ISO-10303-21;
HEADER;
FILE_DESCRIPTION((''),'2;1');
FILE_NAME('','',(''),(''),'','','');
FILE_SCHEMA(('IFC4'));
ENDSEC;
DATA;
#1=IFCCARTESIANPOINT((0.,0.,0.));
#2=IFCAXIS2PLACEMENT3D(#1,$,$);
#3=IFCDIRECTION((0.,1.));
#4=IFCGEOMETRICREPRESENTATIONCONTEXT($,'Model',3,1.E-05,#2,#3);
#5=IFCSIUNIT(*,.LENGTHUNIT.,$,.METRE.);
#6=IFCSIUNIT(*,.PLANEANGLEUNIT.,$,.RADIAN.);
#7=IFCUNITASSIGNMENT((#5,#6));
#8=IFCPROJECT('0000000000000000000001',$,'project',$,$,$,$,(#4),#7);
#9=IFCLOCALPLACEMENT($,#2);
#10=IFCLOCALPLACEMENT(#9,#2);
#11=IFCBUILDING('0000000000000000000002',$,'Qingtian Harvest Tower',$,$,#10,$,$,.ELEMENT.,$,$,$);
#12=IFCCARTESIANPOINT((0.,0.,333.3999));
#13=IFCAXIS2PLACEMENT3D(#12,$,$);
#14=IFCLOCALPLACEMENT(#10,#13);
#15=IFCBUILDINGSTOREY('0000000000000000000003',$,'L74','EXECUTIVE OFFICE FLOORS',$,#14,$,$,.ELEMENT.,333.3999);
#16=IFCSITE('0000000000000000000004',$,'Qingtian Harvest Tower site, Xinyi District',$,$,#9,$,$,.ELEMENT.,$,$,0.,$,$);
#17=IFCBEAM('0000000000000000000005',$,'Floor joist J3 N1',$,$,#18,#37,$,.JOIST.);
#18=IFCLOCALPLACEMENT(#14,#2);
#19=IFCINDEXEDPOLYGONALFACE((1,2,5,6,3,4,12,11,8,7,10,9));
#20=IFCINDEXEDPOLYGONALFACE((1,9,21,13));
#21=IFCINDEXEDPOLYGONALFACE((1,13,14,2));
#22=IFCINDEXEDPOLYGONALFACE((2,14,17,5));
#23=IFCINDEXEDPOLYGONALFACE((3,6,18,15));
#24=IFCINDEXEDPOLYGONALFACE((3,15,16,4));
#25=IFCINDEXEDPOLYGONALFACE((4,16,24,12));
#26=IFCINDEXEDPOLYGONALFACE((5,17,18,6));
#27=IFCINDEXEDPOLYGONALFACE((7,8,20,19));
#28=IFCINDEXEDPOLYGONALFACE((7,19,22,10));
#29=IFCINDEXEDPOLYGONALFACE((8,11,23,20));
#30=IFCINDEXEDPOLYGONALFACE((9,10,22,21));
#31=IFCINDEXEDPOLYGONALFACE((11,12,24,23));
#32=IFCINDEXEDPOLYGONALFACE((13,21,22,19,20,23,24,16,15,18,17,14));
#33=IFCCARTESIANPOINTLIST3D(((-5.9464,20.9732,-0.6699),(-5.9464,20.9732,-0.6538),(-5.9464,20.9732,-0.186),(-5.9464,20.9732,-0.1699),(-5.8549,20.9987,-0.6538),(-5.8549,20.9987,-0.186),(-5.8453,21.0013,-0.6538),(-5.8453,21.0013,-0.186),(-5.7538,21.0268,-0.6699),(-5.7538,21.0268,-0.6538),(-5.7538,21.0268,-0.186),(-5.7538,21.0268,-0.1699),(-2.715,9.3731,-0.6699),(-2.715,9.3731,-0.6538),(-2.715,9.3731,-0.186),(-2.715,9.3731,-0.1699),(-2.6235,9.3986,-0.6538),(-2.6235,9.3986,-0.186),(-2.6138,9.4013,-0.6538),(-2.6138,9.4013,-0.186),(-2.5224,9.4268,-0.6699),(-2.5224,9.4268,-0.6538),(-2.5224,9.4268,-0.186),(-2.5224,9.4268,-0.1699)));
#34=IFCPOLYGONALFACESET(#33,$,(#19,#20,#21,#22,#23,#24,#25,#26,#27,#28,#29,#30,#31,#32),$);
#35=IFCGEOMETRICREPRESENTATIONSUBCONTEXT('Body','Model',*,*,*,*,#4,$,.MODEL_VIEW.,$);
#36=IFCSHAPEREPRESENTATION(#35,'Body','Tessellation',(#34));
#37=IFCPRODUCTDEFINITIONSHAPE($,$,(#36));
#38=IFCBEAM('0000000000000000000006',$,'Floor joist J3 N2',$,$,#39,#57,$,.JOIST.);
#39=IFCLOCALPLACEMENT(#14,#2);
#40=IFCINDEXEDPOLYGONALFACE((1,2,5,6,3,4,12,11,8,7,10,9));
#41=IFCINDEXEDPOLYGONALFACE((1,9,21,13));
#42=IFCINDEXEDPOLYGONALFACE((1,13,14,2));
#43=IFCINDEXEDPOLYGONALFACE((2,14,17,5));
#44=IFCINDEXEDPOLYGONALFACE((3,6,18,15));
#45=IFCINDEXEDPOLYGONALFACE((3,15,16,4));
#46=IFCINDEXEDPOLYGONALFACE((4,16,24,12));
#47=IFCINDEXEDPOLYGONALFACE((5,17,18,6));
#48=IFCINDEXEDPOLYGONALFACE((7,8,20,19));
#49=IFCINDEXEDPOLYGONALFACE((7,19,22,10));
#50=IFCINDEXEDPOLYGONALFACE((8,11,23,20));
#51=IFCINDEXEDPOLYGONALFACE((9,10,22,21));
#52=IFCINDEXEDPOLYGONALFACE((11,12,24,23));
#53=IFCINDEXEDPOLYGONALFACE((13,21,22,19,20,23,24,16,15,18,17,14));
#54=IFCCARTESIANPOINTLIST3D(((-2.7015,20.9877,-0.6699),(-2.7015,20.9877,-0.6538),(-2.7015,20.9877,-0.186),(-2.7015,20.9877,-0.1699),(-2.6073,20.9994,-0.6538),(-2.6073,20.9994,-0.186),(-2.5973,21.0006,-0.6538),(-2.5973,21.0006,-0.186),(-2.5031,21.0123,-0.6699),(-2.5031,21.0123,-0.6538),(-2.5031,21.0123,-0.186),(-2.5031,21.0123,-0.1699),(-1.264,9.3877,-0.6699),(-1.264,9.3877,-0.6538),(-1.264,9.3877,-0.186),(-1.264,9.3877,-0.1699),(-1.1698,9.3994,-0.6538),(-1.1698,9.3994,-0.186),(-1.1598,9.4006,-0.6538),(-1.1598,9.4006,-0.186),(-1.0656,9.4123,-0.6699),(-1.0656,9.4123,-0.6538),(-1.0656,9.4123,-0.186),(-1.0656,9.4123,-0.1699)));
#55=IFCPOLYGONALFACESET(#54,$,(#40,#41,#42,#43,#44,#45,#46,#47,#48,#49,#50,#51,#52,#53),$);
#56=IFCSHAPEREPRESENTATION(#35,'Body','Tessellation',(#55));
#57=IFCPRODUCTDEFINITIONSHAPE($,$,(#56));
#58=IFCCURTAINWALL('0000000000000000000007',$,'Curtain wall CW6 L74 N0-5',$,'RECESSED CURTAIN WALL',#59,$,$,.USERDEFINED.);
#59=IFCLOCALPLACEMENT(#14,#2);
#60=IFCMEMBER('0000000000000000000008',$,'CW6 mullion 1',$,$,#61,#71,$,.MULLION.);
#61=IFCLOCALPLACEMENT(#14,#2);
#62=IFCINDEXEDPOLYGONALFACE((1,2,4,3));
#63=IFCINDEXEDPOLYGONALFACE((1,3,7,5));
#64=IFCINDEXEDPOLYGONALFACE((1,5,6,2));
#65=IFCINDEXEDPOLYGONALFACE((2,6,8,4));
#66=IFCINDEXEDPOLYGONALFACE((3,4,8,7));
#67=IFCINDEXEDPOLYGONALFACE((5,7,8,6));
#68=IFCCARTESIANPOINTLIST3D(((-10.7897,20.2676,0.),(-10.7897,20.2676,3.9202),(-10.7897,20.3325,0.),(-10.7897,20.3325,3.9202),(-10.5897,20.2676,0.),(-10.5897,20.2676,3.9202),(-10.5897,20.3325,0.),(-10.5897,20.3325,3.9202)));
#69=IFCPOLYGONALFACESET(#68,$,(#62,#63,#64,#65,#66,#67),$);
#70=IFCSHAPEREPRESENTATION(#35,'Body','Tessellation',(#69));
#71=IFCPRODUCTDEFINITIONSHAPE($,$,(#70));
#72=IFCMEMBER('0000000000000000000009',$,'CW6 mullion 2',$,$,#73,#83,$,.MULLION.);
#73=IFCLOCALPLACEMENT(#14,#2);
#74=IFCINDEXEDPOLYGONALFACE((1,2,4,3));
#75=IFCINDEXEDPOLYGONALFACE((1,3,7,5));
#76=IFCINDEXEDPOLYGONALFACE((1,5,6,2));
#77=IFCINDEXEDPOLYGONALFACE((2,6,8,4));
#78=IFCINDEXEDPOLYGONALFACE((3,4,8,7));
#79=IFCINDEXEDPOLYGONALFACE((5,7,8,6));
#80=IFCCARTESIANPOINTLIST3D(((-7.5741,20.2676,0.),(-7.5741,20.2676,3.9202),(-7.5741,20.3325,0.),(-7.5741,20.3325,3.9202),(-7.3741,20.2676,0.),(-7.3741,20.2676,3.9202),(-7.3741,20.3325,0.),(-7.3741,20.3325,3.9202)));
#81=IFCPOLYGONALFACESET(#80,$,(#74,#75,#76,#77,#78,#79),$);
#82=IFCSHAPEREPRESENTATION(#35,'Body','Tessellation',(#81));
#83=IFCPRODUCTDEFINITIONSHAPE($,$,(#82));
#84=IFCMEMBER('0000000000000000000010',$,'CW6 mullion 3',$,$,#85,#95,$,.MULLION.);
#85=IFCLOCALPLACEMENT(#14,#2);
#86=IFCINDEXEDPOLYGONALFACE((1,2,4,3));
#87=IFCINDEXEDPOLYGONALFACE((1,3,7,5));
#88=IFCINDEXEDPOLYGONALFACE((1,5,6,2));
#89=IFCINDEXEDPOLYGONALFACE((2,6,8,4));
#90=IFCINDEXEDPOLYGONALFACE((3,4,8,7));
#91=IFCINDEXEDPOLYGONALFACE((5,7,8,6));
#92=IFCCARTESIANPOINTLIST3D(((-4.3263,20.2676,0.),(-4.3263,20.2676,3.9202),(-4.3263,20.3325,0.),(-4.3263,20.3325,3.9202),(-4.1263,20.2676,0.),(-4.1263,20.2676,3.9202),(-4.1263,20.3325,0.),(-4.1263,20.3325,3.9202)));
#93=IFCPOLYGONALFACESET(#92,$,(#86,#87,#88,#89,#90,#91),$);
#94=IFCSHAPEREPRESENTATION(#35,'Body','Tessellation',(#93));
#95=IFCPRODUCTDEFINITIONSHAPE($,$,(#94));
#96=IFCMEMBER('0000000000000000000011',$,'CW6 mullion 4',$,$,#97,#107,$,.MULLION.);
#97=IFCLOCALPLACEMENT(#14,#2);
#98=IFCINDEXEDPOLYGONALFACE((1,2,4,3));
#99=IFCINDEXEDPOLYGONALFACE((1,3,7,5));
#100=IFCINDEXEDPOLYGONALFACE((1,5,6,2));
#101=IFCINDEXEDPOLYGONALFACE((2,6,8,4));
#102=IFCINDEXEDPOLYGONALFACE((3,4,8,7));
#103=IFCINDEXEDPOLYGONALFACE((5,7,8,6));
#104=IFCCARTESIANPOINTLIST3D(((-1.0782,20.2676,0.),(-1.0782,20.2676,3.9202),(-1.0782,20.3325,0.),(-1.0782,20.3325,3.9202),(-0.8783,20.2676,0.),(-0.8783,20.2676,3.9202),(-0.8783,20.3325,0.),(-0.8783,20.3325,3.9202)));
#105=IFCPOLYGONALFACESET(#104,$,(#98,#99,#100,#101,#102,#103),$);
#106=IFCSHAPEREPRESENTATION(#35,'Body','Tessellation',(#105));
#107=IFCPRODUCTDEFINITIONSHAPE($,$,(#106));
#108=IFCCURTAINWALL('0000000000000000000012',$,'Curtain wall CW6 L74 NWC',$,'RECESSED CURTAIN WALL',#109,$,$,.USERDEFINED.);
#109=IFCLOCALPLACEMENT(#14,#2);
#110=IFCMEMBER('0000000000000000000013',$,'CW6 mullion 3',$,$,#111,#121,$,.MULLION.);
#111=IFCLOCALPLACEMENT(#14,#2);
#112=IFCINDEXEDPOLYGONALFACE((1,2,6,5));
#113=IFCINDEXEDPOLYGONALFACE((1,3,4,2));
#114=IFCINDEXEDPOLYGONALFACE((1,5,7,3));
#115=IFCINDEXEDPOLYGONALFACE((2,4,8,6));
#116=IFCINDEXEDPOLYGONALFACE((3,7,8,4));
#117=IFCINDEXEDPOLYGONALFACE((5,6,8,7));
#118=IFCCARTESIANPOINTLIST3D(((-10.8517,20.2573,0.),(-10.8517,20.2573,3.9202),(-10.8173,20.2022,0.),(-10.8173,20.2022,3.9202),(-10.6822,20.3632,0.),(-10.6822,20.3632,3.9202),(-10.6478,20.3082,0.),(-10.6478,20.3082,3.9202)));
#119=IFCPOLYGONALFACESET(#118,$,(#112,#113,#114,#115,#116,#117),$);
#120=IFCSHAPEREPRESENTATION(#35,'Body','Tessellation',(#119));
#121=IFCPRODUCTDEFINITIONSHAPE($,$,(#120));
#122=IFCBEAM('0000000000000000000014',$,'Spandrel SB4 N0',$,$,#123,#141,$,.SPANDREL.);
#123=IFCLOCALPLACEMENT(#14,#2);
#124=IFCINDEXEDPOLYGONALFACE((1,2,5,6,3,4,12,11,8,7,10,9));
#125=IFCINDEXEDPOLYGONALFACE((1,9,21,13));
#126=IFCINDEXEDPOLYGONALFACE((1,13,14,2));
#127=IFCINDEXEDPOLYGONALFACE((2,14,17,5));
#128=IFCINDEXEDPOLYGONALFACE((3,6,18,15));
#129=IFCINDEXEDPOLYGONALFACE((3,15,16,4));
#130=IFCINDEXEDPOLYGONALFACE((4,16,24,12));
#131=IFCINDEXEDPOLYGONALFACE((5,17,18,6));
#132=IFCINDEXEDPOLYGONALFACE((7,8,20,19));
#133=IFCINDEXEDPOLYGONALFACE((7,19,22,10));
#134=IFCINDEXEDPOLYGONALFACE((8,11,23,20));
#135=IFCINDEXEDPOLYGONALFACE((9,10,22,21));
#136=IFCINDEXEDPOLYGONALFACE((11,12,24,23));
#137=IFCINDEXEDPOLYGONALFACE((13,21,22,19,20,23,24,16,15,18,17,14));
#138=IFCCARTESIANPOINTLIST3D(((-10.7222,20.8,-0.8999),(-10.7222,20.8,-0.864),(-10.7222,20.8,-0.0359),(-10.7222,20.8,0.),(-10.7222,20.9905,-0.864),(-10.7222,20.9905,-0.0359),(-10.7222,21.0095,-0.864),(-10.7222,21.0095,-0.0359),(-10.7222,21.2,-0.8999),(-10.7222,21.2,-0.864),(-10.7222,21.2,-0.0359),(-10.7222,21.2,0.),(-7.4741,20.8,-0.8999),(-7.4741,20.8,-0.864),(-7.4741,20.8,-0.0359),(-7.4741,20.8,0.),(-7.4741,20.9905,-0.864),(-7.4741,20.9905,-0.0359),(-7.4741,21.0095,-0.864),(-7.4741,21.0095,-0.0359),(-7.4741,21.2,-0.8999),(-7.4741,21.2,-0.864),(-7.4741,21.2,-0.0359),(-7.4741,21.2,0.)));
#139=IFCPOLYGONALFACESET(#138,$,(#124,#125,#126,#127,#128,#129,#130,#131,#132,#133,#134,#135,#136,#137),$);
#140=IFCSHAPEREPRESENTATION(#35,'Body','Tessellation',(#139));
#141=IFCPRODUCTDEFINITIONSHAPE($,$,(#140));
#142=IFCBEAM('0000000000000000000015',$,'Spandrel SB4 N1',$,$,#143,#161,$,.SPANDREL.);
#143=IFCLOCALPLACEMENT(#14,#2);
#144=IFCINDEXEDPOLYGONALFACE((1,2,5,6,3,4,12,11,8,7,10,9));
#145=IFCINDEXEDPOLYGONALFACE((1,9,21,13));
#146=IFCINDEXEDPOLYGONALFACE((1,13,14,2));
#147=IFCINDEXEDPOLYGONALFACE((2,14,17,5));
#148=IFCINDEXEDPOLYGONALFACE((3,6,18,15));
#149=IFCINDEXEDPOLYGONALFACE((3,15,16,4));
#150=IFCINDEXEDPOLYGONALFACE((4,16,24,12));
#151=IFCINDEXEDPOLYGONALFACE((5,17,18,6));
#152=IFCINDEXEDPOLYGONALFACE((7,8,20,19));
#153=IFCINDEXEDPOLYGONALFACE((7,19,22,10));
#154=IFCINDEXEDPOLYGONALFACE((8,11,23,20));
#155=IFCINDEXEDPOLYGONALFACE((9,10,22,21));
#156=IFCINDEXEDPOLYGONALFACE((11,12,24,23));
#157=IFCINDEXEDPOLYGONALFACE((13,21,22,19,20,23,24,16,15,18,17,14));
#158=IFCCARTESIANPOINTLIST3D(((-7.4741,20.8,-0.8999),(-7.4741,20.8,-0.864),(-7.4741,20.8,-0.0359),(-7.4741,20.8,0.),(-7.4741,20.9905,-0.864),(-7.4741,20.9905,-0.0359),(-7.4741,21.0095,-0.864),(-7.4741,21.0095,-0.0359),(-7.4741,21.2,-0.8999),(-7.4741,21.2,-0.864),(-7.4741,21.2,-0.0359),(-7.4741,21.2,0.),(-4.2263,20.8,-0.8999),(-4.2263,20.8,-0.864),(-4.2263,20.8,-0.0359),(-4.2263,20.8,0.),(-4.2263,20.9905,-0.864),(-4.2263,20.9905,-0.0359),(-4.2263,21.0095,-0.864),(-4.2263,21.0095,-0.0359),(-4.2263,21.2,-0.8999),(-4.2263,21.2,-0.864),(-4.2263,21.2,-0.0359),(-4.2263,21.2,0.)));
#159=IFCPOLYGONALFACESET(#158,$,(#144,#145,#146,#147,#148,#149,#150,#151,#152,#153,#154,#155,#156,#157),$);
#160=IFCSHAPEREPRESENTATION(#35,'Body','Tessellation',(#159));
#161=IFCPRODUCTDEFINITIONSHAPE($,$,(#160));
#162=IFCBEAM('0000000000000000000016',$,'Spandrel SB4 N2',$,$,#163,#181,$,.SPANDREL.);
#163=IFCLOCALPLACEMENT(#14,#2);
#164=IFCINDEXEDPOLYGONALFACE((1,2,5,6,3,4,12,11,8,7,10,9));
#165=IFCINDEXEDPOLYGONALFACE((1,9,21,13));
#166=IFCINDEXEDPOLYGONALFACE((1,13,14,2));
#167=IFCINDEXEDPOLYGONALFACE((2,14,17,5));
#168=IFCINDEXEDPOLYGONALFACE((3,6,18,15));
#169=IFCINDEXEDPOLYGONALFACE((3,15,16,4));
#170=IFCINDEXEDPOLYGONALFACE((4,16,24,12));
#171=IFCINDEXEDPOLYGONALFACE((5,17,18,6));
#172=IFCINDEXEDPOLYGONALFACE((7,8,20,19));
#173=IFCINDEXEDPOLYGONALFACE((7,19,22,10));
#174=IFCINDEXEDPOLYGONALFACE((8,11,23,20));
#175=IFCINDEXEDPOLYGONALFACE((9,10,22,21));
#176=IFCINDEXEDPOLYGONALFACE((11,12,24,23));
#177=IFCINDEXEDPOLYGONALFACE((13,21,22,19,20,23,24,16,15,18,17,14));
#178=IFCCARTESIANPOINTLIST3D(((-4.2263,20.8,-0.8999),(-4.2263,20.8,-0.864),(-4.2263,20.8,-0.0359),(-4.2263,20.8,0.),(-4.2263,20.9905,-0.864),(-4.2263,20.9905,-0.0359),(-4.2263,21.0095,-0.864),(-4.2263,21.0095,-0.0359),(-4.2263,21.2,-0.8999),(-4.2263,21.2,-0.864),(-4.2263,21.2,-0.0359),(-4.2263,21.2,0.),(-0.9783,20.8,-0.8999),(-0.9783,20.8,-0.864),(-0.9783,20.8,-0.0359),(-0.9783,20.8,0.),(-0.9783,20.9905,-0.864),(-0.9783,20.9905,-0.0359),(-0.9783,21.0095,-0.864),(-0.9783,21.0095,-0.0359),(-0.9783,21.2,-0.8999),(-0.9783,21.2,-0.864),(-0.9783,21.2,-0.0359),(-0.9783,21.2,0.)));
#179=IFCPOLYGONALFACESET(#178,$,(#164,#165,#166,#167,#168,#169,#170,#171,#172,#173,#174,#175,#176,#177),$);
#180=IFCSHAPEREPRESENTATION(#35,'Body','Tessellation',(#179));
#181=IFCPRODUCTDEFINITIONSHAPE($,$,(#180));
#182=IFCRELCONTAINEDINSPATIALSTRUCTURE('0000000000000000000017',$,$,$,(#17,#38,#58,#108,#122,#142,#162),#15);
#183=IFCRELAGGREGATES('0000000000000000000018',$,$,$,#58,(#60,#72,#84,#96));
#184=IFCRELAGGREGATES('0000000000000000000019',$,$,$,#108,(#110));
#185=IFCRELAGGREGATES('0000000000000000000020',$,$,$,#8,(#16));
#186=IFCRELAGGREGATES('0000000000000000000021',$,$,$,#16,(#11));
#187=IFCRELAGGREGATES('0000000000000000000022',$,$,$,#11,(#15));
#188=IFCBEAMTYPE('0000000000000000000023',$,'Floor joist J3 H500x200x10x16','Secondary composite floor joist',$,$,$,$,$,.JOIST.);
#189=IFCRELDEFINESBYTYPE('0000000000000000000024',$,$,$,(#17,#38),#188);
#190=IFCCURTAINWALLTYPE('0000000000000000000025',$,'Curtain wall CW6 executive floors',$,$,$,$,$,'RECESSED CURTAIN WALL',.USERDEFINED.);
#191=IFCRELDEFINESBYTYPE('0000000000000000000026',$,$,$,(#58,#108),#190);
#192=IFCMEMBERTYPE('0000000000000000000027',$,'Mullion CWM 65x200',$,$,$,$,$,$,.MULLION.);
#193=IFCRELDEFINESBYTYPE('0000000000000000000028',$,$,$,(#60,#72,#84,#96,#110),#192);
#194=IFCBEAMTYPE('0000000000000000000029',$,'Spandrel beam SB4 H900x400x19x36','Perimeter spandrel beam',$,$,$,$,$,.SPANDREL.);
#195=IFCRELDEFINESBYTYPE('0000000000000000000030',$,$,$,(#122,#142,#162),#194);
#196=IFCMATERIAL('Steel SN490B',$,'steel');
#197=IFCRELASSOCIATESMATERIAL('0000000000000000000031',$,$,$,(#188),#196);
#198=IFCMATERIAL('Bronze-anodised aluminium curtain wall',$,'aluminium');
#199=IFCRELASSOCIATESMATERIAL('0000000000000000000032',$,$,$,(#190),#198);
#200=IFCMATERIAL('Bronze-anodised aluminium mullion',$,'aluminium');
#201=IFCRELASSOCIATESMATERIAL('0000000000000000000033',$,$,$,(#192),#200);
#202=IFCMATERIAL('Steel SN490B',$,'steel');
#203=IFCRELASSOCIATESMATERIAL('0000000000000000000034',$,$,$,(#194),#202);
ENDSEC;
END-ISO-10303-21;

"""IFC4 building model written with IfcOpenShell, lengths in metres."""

from ifc_helpers import new_model, si_unit, direction, frame, origin, origin_2d, place, context, subcontext, project, spatial, rectangle, i_section, extrude, material, material_profile, profile_set, type_object, element, aggregate, save


model = new_model("IFC4")

# Units and contexts
model_context = context("Model", 3, precision=1e-05, world=origin(), true_north=direction((0.0, 1.0)))
body_context = subcontext(model_context, "Body", "Model", "MODEL_VIEW")
ifc_project = project(units=[si_unit("LENGTHUNIT", "METRE"), si_unit("PLANEANGLEUNIT", "RADIAN")], contexts=[model_context])

# Site, building, storey
site_placement = place(None, origin())
site = spatial("IfcSite", under=ifc_project, at=site_placement, Name="Qingtian Harvest Tower site, Xinyi District", CompositionType="ELEMENT", RefElevation=0.0)
building_placement = place(site_placement, origin())
building = spatial("IfcBuilding", under=site, at=building_placement, Name="Qingtian Harvest Tower", CompositionType="ELEMENT")
storey_placement = place(building_placement, frame((0.0, 0.0, 333.3999)))
storey = spatial("IfcBuildingStorey", under=building, at=storey_placement, Name="L74", Description="EXECUTIVE OFFICE FLOORS", CompositionType="ELEMENT", Elevation=333.3999)

# Beams
ifc_material_1 = material(Name="Steel SN490B", Category="steel")
ifc_material_profile_1 = material_profile(ifc_material_1, i_section(OverallWidth=0.2, OverallDepth=0.5, WebThickness=0.01, FlangeThickness=0.0161, at=origin_2d()), Name="H500x200x10x16")
ifc_profile_set_1 = profile_set([ifc_material_profile_1], Name="Steel SN490B")
beam_type_1 = type_object("IfcBeamType", Name="Floor joist J3 H500x200x10x16", Description="Secondary composite floor joist", PredefinedType="JOIST", material=ifc_profile_set_1)
beam_1_placement = place(storey_placement, frame((-5.8501, 21.0, -0.4199), z_axis=(0.268353, -0.963321, 0.0), x_axis=(0.963321, 0.268353, 0.0)))
element("IfcBeam", 1, at=beam_1_placement, inside=storey, type_object=beam_type_1, Name="Floor joist J3 N1", PredefinedType="JOIST", context=body_context, shape_type="SweptSolid", body=[
    extrude(i_section(OverallWidth=0.2, OverallDepth=0.5, WebThickness=0.01, FlangeThickness=0.0161, at=origin_2d()), origin(), (0.0, 0.0, 1.0), 12.0417),
])
beam_2_placement = place(storey_placement, frame((-2.6023, 21.0, -0.4199), z_axis=(0.122981, -0.992409, 0.0), x_axis=(0.992409, 0.122981, 0.0)))
element("IfcBeam", 2, at=beam_2_placement, inside=storey, type_object=beam_type_1, Name="Floor joist J3 N2", PredefinedType="JOIST", context=body_context, shape_type="SweptSolid", body=[
    extrude(i_section(OverallWidth=0.2, OverallDepth=0.5, WebThickness=0.01, FlangeThickness=0.0161, at=origin_2d()), origin(), (0.0, 0.0, 1.0), 11.6887),
])

# Curtain wall, members
ifc_material_2 = material(Name="Bronze-anodised aluminium curtain wall", Category="aluminium")
curtain_wall_type = type_object("IfcCurtainWallType", Name="Curtain wall CW6 executive floors", ElementType="RECESSED CURTAIN WALL", PredefinedType="USERDEFINED", material=ifc_material_2)
curtain_wall_1_placement = place(storey_placement, origin())
curtain_wall_1 = element("IfcCurtainWall", 3, at=curtain_wall_1_placement, inside=storey, type_object=curtain_wall_type, Name="Curtain wall CW6 L74 N0-5", ObjectType="RECESSED CURTAIN WALL", PredefinedType="USERDEFINED")
ifc_material_3 = material(Name="Bronze-anodised aluminium mullion", Category="aluminium")
ifc_material_profile_2 = material_profile(ifc_material_3, rectangle(XDim=0.0649, YDim=0.2, at=origin_2d()), Name="AL 65x200")
ifc_profile_set_2 = profile_set([ifc_material_profile_2], Name="Bronze-anodised aluminium mullion")
member_type_1 = type_object("IfcMemberType", Name="Mullion CWM 65x200", PredefinedType="MULLION", material=ifc_profile_set_2)
member_1_placement = place(storey_placement, frame((-10.6897, 20.3, 0.0), z_axis=(0.0, 0.0, 1.0), x_axis=(0.0, 1.0, 0.0)))
member_1 = element("IfcMember", 4, at=member_1_placement, type_object=member_type_1, Name="CW6 mullion 1", PredefinedType="MULLION", context=body_context, shape_type="SweptSolid", body=[
    extrude(rectangle(XDim=0.0649, YDim=0.2, at=origin_2d()), origin(), (0.0, 0.0, 1.0), 3.9202),
])
member_2_placement = place(storey_placement, frame((-7.4741, 20.3, 0.0), z_axis=(0.0, 0.0, 1.0), x_axis=(0.0, 1.0, 0.0)))
member_2 = element("IfcMember", 5, at=member_2_placement, type_object=member_type_1, Name="CW6 mullion 2", PredefinedType="MULLION", context=body_context, shape_type="SweptSolid", body=[
    extrude(rectangle(XDim=0.0649, YDim=0.2, at=origin_2d()), origin(), (0.0, 0.0, 1.0), 3.9202),
])
member_3_placement = place(storey_placement, frame((-4.2263, 20.3, 0.0), z_axis=(0.0, 0.0, 1.0), x_axis=(0.0, 1.0, 0.0)))
member_3 = element("IfcMember", 6, at=member_3_placement, type_object=member_type_1, Name="CW6 mullion 3", PredefinedType="MULLION", context=body_context, shape_type="SweptSolid", body=[
    extrude(rectangle(XDim=0.0649, YDim=0.2, at=origin_2d()), origin(), (0.0, 0.0, 1.0), 3.9202),
])
member_4_placement = place(storey_placement, frame((-0.9783, 20.3, 0.0), z_axis=(0.0, 0.0, 1.0), x_axis=(0.0, 1.0, 0.0)))
member_4 = element("IfcMember", 7, at=member_4_placement, type_object=member_type_1, Name="CW6 mullion 4", PredefinedType="MULLION", context=body_context, shape_type="SweptSolid", body=[
    extrude(rectangle(XDim=0.0649, YDim=0.2, at=origin_2d()), origin(), (0.0, 0.0, 1.0), 3.9202),
])

# Curtain wall, member
curtain_wall_2_placement = place(storey_placement, origin())
curtain_wall_2 = element("IfcCurtainWall", 8, at=curtain_wall_2_placement, inside=storey, type_object=curtain_wall_type, Name="Curtain wall CW6 L74 NWC", ObjectType="RECESSED CURTAIN WALL", PredefinedType="USERDEFINED")
member_5_placement = place(storey_placement, frame((-10.7498, 20.2827, 0.0), z_axis=(0.0, 0.0, 1.0), x_axis=(-0.529919, 0.848048, 0.0)))
member_5 = element("IfcMember", 9, at=member_5_placement, type_object=member_type_1, Name="CW6 mullion 3", PredefinedType="MULLION", context=body_context, shape_type="SweptSolid", body=[
    extrude(rectangle(XDim=0.0649, YDim=0.2, at=origin_2d()), origin(), (0.0, 0.0, 1.0), 3.9202),
])

# Beams
ifc_material_4 = material(Name="Steel SN490B", Category="steel")
ifc_material_profile_3 = material_profile(ifc_material_4, i_section(OverallWidth=0.3999, OverallDepth=0.8999, WebThickness=0.019, FlangeThickness=0.0359, at=origin_2d()), Name="H900x400x19x36")
ifc_profile_set_3 = profile_set([ifc_material_profile_3], Name="Steel SN490B")
beam_type_2 = type_object("IfcBeamType", Name="Spandrel beam SB4 H900x400x19x36", Description="Perimeter spandrel beam", PredefinedType="SPANDREL", material=ifc_profile_set_3)
beam_3_placement = place(storey_placement, frame((-10.7222, 21.0, -0.45), z_axis=(1.0, 0.0, 0.0), x_axis=(0.0, 1.0, 0.0)))
element("IfcBeam", 10, at=beam_3_placement, inside=storey, type_object=beam_type_2, Name="Spandrel SB4 N0", PredefinedType="SPANDREL", context=body_context, shape_type="SweptSolid", body=[
    extrude(i_section(OverallWidth=0.3999, OverallDepth=0.8999, WebThickness=0.019, FlangeThickness=0.0359, at=origin_2d()), origin(), (0.0, 0.0, 1.0), 3.248),
])
beam_4_placement = place(storey_placement, frame((-7.4741, 21.0, -0.45), z_axis=(1.0, 0.0, 0.0), x_axis=(0.0, 1.0, 0.0)))
element("IfcBeam", 11, at=beam_4_placement, inside=storey, type_object=beam_type_2, Name="Spandrel SB4 N1", PredefinedType="SPANDREL", context=body_context, shape_type="SweptSolid", body=[
    extrude(i_section(OverallWidth=0.3999, OverallDepth=0.8999, WebThickness=0.019, FlangeThickness=0.0359, at=origin_2d()), origin(), (0.0, 0.0, 1.0), 3.2478),
])
for number, where, z_axis, x_axis, name in (
    (12, (-4.2263, 21.0, -0.45), (1.0, 0.0, 0.0), (0.0, 1.0, 0.0), "Spandrel SB4 N2"),
):
    element("IfcBeam", number, at=place(storey_placement, frame(where, z_axis=z_axis, x_axis=x_axis)), inside=storey, type_object=beam_type_2, Name=name, PredefinedType="SPANDREL", context=body_context, shape_type="SweptSolid", body=[
        extrude(i_section(OverallWidth=0.3999, OverallDepth=0.8999, WebThickness=0.019, FlangeThickness=0.0359, at=origin_2d()), origin(), (0.0, 0.0, 1.0), 3.248),
    ])

aggregate(curtain_wall_1, [member_1, member_2, member_3, member_4])
aggregate(curtain_wall_2, [member_5])

save(model, "model.ifc")
